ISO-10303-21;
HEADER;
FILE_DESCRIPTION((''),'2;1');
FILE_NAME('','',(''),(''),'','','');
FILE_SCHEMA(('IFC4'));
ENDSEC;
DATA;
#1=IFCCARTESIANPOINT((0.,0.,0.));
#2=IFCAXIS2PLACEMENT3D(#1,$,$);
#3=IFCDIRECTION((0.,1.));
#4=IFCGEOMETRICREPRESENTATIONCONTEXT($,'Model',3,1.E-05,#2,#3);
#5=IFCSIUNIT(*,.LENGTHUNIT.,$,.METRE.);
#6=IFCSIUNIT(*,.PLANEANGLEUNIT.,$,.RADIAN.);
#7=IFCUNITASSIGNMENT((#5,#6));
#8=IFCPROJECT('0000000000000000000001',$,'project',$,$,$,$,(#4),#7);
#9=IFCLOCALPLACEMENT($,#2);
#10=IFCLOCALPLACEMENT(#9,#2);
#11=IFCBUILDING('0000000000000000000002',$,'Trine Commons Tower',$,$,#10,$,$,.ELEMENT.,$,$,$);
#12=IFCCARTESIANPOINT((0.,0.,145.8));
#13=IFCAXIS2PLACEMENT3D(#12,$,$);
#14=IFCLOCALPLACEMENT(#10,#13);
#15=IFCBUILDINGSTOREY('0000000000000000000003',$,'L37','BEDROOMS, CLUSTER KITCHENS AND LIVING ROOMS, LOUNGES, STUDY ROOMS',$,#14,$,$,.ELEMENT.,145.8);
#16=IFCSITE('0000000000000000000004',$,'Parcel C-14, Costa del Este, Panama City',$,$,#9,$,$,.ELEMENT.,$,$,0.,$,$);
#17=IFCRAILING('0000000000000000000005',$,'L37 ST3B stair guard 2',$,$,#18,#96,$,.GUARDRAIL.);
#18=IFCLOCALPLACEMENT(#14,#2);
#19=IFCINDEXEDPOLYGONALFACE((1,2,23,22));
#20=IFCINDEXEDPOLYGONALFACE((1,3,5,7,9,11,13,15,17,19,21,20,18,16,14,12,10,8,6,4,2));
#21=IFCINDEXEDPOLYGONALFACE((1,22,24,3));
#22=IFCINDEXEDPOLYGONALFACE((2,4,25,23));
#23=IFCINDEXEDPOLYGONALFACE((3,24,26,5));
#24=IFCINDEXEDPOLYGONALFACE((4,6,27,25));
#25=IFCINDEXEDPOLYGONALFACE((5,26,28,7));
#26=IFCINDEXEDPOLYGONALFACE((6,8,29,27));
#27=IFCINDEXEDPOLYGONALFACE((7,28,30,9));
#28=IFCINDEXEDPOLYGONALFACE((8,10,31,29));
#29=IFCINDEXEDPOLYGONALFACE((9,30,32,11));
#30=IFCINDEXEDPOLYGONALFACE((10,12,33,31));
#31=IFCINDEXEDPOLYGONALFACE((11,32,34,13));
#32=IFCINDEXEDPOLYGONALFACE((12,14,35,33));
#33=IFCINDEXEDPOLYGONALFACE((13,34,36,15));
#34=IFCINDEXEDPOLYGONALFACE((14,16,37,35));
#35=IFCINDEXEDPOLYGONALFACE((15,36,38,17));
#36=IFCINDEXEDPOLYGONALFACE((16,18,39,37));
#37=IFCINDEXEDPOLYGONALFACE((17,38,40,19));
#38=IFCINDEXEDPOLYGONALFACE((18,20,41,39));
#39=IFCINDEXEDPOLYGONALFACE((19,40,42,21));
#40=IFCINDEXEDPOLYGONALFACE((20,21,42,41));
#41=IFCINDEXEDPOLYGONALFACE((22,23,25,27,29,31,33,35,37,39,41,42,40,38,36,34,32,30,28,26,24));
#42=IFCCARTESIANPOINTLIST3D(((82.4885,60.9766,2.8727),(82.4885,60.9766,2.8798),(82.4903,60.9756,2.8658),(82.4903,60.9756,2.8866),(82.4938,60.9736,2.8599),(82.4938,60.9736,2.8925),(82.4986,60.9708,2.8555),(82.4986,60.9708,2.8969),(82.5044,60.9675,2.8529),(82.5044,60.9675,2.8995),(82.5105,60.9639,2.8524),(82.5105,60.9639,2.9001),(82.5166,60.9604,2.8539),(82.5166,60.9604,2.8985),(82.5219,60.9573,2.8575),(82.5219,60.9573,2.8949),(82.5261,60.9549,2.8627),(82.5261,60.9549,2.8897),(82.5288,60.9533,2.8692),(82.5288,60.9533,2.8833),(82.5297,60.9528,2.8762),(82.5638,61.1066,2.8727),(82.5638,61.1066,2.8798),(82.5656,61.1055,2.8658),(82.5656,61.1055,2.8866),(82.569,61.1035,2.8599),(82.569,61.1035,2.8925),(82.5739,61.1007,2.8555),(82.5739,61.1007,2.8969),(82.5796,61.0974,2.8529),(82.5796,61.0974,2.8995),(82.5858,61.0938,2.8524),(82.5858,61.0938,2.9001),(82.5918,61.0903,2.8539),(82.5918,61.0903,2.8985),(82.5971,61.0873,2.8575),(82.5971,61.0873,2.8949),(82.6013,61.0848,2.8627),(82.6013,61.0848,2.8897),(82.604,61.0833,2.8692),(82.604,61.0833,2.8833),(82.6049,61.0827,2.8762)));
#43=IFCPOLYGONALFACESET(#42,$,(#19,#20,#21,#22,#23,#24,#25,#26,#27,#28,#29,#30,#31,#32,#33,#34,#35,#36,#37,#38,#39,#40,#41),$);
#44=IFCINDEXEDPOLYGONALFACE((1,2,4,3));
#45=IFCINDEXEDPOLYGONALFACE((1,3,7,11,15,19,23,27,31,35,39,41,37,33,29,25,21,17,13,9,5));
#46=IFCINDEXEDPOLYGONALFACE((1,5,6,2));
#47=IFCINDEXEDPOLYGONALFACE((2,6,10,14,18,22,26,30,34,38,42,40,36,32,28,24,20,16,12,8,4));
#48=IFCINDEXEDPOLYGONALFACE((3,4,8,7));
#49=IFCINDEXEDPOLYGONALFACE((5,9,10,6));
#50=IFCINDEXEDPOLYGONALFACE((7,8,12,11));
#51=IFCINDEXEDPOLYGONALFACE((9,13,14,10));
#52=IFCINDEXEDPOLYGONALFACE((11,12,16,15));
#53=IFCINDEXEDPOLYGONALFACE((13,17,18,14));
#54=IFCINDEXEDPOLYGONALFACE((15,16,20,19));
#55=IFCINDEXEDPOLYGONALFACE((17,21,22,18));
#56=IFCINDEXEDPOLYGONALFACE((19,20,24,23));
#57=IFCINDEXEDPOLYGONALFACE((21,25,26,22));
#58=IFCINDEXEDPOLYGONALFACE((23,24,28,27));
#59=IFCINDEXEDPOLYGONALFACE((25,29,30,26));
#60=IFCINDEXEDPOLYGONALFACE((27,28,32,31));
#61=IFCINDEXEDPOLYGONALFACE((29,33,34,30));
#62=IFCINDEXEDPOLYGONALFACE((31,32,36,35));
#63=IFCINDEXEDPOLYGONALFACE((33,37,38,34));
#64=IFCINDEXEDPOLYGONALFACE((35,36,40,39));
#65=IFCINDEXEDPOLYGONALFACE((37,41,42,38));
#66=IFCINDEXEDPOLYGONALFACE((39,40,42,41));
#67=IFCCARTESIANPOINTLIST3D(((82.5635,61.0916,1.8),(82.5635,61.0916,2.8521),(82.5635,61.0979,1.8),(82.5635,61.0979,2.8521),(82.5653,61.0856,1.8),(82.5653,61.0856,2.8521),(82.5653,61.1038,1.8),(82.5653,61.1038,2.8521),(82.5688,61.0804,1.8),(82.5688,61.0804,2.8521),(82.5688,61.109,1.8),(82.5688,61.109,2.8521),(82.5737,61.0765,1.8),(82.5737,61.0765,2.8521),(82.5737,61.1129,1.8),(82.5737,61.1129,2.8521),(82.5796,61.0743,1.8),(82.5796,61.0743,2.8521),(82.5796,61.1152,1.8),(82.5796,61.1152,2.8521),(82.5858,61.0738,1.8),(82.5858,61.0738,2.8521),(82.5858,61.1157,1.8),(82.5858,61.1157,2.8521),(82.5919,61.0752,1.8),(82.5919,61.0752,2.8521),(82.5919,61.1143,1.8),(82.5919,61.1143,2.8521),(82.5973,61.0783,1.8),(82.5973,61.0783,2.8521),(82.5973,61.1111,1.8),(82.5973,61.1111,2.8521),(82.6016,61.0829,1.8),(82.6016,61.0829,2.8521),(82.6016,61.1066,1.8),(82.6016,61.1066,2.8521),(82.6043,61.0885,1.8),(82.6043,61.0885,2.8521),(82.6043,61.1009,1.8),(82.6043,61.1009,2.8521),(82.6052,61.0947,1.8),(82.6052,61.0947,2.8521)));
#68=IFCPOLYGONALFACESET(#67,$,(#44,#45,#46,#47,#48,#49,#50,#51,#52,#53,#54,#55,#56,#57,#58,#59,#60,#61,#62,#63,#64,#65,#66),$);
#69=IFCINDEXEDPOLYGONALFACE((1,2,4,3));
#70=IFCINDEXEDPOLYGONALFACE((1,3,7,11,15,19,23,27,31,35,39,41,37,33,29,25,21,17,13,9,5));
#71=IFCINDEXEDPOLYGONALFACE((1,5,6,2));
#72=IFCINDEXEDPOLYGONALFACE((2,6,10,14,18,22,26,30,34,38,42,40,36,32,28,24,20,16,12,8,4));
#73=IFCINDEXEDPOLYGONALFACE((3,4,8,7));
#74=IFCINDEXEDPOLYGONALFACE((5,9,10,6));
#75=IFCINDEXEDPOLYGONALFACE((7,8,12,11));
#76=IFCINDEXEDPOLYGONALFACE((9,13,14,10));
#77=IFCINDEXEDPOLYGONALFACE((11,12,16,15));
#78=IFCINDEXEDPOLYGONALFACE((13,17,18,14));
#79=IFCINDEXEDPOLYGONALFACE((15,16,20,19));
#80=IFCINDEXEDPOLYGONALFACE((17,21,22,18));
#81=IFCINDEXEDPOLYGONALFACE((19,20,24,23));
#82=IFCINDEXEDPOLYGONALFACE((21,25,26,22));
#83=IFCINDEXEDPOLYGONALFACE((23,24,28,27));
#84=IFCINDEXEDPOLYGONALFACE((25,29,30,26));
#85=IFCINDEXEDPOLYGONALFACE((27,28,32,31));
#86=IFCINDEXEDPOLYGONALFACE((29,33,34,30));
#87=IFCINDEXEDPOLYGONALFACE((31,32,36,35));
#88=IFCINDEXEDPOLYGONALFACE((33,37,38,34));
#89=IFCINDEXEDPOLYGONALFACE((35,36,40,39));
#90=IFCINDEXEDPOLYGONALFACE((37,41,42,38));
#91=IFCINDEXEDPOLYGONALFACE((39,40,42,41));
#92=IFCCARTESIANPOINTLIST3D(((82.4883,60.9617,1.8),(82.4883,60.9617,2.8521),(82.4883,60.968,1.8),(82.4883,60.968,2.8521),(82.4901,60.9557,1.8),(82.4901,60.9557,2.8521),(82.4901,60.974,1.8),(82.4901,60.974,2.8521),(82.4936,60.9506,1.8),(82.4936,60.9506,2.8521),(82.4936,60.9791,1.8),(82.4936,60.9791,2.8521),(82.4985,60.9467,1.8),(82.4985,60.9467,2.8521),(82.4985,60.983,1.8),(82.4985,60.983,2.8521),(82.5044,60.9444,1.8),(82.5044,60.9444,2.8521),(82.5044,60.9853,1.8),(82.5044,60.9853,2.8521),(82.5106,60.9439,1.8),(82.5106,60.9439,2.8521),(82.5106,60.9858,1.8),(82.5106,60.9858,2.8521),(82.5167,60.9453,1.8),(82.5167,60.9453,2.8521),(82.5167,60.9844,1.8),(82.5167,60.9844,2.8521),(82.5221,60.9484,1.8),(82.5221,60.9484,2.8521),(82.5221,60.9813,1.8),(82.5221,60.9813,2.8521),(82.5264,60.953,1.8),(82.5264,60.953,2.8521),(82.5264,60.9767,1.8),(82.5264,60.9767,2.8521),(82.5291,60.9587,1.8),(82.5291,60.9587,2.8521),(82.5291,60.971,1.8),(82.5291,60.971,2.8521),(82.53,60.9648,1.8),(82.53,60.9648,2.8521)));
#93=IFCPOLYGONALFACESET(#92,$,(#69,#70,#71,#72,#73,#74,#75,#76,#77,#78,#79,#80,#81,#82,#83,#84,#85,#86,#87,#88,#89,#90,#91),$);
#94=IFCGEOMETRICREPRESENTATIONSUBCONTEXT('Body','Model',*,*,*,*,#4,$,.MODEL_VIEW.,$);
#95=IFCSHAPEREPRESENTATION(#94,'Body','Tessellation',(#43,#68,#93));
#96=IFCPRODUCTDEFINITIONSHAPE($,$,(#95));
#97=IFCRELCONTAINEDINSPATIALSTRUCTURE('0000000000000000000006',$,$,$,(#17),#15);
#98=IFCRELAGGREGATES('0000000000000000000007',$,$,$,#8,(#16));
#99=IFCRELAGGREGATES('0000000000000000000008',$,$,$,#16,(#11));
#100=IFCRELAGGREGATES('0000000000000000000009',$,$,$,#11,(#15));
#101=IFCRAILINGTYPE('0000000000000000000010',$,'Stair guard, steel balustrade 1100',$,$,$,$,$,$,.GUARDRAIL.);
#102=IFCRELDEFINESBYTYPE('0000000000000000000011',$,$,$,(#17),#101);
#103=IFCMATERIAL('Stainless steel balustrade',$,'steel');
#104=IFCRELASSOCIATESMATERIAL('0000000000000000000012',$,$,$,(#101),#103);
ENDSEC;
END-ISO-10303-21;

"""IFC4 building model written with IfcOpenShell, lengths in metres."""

from ifc_helpers import new_model, si_unit, direction, frame, origin, origin_2d, place, context, subcontext, project, spatial, circle, extrude, material, type_object, element, save


model = new_model("IFC4")

# Units and contexts
model_context = context("Model", 3, precision=1e-05, world=origin(), true_north=direction((0.0, 1.0)))
body_context = subcontext(model_context, "Body", "Model", "MODEL_VIEW")
ifc_project = project(units=[si_unit("LENGTHUNIT", "METRE"), si_unit("PLANEANGLEUNIT", "RADIAN")], contexts=[model_context])

# Site, building, storey
site_placement = place(None, origin())
site = spatial("IfcSite", under=ifc_project, at=site_placement, Name="Parcel C-14, Costa del Este, Panama City", CompositionType="ELEMENT", RefElevation=0.0)
building_placement = place(site_placement, origin())
building = spatial("IfcBuilding", under=site, at=building_placement, Name="Trine Commons Tower", CompositionType="ELEMENT")
storey_placement = place(building_placement, frame((0.0, 0.0, 145.8)))
storey = spatial("IfcBuildingStorey", under=building, at=storey_placement, Name="L37", Description="BEDROOMS, CLUSTER KITCHENS AND LIVING ROOMS, LOUNGES, STUDY ROOMS", CompositionType="ELEMENT", Elevation=145.8)

# Railing
ifc_material_1 = material(Name="Stainless steel balustrade", Category="steel")
railing_type_1 = type_object("IfcRailingType", Name="Stair guard, steel balustrade 1100", PredefinedType="GUARDRAIL", material=ifc_material_1)
railing_1_placement = place(storey_placement, frame((82.5842, 61.0947, 1.8)))
element("IfcRailing", 1, at=railing_1_placement, inside=storey, type_object=railing_type_1, Name="L37 ST3B stair guard 2", PredefinedType="GUARDRAIL", context=body_context, shape_type="SweptSolid", body=[
    extrude(circle(Radius=0.0239, at=origin_2d()), frame((0.0, 0.0, 1.0762), z_axis=(-0.501036, -0.865426, 0.0), x_axis=(0.865426, -0.501036, 0.0)), (0.0, 0.0, 1.0), 0.1501),
    extrude(circle(Radius=0.021, at=origin_2d()), origin(), (0.0, 0.0, 1.0), 1.052),
    extrude(circle(Radius=0.021, at=origin_2d()), frame((-0.0752, -0.1299, 0.0)), (0.0, 0.0, 1.0), 1.052),
])

save(model, "model.ifc")
